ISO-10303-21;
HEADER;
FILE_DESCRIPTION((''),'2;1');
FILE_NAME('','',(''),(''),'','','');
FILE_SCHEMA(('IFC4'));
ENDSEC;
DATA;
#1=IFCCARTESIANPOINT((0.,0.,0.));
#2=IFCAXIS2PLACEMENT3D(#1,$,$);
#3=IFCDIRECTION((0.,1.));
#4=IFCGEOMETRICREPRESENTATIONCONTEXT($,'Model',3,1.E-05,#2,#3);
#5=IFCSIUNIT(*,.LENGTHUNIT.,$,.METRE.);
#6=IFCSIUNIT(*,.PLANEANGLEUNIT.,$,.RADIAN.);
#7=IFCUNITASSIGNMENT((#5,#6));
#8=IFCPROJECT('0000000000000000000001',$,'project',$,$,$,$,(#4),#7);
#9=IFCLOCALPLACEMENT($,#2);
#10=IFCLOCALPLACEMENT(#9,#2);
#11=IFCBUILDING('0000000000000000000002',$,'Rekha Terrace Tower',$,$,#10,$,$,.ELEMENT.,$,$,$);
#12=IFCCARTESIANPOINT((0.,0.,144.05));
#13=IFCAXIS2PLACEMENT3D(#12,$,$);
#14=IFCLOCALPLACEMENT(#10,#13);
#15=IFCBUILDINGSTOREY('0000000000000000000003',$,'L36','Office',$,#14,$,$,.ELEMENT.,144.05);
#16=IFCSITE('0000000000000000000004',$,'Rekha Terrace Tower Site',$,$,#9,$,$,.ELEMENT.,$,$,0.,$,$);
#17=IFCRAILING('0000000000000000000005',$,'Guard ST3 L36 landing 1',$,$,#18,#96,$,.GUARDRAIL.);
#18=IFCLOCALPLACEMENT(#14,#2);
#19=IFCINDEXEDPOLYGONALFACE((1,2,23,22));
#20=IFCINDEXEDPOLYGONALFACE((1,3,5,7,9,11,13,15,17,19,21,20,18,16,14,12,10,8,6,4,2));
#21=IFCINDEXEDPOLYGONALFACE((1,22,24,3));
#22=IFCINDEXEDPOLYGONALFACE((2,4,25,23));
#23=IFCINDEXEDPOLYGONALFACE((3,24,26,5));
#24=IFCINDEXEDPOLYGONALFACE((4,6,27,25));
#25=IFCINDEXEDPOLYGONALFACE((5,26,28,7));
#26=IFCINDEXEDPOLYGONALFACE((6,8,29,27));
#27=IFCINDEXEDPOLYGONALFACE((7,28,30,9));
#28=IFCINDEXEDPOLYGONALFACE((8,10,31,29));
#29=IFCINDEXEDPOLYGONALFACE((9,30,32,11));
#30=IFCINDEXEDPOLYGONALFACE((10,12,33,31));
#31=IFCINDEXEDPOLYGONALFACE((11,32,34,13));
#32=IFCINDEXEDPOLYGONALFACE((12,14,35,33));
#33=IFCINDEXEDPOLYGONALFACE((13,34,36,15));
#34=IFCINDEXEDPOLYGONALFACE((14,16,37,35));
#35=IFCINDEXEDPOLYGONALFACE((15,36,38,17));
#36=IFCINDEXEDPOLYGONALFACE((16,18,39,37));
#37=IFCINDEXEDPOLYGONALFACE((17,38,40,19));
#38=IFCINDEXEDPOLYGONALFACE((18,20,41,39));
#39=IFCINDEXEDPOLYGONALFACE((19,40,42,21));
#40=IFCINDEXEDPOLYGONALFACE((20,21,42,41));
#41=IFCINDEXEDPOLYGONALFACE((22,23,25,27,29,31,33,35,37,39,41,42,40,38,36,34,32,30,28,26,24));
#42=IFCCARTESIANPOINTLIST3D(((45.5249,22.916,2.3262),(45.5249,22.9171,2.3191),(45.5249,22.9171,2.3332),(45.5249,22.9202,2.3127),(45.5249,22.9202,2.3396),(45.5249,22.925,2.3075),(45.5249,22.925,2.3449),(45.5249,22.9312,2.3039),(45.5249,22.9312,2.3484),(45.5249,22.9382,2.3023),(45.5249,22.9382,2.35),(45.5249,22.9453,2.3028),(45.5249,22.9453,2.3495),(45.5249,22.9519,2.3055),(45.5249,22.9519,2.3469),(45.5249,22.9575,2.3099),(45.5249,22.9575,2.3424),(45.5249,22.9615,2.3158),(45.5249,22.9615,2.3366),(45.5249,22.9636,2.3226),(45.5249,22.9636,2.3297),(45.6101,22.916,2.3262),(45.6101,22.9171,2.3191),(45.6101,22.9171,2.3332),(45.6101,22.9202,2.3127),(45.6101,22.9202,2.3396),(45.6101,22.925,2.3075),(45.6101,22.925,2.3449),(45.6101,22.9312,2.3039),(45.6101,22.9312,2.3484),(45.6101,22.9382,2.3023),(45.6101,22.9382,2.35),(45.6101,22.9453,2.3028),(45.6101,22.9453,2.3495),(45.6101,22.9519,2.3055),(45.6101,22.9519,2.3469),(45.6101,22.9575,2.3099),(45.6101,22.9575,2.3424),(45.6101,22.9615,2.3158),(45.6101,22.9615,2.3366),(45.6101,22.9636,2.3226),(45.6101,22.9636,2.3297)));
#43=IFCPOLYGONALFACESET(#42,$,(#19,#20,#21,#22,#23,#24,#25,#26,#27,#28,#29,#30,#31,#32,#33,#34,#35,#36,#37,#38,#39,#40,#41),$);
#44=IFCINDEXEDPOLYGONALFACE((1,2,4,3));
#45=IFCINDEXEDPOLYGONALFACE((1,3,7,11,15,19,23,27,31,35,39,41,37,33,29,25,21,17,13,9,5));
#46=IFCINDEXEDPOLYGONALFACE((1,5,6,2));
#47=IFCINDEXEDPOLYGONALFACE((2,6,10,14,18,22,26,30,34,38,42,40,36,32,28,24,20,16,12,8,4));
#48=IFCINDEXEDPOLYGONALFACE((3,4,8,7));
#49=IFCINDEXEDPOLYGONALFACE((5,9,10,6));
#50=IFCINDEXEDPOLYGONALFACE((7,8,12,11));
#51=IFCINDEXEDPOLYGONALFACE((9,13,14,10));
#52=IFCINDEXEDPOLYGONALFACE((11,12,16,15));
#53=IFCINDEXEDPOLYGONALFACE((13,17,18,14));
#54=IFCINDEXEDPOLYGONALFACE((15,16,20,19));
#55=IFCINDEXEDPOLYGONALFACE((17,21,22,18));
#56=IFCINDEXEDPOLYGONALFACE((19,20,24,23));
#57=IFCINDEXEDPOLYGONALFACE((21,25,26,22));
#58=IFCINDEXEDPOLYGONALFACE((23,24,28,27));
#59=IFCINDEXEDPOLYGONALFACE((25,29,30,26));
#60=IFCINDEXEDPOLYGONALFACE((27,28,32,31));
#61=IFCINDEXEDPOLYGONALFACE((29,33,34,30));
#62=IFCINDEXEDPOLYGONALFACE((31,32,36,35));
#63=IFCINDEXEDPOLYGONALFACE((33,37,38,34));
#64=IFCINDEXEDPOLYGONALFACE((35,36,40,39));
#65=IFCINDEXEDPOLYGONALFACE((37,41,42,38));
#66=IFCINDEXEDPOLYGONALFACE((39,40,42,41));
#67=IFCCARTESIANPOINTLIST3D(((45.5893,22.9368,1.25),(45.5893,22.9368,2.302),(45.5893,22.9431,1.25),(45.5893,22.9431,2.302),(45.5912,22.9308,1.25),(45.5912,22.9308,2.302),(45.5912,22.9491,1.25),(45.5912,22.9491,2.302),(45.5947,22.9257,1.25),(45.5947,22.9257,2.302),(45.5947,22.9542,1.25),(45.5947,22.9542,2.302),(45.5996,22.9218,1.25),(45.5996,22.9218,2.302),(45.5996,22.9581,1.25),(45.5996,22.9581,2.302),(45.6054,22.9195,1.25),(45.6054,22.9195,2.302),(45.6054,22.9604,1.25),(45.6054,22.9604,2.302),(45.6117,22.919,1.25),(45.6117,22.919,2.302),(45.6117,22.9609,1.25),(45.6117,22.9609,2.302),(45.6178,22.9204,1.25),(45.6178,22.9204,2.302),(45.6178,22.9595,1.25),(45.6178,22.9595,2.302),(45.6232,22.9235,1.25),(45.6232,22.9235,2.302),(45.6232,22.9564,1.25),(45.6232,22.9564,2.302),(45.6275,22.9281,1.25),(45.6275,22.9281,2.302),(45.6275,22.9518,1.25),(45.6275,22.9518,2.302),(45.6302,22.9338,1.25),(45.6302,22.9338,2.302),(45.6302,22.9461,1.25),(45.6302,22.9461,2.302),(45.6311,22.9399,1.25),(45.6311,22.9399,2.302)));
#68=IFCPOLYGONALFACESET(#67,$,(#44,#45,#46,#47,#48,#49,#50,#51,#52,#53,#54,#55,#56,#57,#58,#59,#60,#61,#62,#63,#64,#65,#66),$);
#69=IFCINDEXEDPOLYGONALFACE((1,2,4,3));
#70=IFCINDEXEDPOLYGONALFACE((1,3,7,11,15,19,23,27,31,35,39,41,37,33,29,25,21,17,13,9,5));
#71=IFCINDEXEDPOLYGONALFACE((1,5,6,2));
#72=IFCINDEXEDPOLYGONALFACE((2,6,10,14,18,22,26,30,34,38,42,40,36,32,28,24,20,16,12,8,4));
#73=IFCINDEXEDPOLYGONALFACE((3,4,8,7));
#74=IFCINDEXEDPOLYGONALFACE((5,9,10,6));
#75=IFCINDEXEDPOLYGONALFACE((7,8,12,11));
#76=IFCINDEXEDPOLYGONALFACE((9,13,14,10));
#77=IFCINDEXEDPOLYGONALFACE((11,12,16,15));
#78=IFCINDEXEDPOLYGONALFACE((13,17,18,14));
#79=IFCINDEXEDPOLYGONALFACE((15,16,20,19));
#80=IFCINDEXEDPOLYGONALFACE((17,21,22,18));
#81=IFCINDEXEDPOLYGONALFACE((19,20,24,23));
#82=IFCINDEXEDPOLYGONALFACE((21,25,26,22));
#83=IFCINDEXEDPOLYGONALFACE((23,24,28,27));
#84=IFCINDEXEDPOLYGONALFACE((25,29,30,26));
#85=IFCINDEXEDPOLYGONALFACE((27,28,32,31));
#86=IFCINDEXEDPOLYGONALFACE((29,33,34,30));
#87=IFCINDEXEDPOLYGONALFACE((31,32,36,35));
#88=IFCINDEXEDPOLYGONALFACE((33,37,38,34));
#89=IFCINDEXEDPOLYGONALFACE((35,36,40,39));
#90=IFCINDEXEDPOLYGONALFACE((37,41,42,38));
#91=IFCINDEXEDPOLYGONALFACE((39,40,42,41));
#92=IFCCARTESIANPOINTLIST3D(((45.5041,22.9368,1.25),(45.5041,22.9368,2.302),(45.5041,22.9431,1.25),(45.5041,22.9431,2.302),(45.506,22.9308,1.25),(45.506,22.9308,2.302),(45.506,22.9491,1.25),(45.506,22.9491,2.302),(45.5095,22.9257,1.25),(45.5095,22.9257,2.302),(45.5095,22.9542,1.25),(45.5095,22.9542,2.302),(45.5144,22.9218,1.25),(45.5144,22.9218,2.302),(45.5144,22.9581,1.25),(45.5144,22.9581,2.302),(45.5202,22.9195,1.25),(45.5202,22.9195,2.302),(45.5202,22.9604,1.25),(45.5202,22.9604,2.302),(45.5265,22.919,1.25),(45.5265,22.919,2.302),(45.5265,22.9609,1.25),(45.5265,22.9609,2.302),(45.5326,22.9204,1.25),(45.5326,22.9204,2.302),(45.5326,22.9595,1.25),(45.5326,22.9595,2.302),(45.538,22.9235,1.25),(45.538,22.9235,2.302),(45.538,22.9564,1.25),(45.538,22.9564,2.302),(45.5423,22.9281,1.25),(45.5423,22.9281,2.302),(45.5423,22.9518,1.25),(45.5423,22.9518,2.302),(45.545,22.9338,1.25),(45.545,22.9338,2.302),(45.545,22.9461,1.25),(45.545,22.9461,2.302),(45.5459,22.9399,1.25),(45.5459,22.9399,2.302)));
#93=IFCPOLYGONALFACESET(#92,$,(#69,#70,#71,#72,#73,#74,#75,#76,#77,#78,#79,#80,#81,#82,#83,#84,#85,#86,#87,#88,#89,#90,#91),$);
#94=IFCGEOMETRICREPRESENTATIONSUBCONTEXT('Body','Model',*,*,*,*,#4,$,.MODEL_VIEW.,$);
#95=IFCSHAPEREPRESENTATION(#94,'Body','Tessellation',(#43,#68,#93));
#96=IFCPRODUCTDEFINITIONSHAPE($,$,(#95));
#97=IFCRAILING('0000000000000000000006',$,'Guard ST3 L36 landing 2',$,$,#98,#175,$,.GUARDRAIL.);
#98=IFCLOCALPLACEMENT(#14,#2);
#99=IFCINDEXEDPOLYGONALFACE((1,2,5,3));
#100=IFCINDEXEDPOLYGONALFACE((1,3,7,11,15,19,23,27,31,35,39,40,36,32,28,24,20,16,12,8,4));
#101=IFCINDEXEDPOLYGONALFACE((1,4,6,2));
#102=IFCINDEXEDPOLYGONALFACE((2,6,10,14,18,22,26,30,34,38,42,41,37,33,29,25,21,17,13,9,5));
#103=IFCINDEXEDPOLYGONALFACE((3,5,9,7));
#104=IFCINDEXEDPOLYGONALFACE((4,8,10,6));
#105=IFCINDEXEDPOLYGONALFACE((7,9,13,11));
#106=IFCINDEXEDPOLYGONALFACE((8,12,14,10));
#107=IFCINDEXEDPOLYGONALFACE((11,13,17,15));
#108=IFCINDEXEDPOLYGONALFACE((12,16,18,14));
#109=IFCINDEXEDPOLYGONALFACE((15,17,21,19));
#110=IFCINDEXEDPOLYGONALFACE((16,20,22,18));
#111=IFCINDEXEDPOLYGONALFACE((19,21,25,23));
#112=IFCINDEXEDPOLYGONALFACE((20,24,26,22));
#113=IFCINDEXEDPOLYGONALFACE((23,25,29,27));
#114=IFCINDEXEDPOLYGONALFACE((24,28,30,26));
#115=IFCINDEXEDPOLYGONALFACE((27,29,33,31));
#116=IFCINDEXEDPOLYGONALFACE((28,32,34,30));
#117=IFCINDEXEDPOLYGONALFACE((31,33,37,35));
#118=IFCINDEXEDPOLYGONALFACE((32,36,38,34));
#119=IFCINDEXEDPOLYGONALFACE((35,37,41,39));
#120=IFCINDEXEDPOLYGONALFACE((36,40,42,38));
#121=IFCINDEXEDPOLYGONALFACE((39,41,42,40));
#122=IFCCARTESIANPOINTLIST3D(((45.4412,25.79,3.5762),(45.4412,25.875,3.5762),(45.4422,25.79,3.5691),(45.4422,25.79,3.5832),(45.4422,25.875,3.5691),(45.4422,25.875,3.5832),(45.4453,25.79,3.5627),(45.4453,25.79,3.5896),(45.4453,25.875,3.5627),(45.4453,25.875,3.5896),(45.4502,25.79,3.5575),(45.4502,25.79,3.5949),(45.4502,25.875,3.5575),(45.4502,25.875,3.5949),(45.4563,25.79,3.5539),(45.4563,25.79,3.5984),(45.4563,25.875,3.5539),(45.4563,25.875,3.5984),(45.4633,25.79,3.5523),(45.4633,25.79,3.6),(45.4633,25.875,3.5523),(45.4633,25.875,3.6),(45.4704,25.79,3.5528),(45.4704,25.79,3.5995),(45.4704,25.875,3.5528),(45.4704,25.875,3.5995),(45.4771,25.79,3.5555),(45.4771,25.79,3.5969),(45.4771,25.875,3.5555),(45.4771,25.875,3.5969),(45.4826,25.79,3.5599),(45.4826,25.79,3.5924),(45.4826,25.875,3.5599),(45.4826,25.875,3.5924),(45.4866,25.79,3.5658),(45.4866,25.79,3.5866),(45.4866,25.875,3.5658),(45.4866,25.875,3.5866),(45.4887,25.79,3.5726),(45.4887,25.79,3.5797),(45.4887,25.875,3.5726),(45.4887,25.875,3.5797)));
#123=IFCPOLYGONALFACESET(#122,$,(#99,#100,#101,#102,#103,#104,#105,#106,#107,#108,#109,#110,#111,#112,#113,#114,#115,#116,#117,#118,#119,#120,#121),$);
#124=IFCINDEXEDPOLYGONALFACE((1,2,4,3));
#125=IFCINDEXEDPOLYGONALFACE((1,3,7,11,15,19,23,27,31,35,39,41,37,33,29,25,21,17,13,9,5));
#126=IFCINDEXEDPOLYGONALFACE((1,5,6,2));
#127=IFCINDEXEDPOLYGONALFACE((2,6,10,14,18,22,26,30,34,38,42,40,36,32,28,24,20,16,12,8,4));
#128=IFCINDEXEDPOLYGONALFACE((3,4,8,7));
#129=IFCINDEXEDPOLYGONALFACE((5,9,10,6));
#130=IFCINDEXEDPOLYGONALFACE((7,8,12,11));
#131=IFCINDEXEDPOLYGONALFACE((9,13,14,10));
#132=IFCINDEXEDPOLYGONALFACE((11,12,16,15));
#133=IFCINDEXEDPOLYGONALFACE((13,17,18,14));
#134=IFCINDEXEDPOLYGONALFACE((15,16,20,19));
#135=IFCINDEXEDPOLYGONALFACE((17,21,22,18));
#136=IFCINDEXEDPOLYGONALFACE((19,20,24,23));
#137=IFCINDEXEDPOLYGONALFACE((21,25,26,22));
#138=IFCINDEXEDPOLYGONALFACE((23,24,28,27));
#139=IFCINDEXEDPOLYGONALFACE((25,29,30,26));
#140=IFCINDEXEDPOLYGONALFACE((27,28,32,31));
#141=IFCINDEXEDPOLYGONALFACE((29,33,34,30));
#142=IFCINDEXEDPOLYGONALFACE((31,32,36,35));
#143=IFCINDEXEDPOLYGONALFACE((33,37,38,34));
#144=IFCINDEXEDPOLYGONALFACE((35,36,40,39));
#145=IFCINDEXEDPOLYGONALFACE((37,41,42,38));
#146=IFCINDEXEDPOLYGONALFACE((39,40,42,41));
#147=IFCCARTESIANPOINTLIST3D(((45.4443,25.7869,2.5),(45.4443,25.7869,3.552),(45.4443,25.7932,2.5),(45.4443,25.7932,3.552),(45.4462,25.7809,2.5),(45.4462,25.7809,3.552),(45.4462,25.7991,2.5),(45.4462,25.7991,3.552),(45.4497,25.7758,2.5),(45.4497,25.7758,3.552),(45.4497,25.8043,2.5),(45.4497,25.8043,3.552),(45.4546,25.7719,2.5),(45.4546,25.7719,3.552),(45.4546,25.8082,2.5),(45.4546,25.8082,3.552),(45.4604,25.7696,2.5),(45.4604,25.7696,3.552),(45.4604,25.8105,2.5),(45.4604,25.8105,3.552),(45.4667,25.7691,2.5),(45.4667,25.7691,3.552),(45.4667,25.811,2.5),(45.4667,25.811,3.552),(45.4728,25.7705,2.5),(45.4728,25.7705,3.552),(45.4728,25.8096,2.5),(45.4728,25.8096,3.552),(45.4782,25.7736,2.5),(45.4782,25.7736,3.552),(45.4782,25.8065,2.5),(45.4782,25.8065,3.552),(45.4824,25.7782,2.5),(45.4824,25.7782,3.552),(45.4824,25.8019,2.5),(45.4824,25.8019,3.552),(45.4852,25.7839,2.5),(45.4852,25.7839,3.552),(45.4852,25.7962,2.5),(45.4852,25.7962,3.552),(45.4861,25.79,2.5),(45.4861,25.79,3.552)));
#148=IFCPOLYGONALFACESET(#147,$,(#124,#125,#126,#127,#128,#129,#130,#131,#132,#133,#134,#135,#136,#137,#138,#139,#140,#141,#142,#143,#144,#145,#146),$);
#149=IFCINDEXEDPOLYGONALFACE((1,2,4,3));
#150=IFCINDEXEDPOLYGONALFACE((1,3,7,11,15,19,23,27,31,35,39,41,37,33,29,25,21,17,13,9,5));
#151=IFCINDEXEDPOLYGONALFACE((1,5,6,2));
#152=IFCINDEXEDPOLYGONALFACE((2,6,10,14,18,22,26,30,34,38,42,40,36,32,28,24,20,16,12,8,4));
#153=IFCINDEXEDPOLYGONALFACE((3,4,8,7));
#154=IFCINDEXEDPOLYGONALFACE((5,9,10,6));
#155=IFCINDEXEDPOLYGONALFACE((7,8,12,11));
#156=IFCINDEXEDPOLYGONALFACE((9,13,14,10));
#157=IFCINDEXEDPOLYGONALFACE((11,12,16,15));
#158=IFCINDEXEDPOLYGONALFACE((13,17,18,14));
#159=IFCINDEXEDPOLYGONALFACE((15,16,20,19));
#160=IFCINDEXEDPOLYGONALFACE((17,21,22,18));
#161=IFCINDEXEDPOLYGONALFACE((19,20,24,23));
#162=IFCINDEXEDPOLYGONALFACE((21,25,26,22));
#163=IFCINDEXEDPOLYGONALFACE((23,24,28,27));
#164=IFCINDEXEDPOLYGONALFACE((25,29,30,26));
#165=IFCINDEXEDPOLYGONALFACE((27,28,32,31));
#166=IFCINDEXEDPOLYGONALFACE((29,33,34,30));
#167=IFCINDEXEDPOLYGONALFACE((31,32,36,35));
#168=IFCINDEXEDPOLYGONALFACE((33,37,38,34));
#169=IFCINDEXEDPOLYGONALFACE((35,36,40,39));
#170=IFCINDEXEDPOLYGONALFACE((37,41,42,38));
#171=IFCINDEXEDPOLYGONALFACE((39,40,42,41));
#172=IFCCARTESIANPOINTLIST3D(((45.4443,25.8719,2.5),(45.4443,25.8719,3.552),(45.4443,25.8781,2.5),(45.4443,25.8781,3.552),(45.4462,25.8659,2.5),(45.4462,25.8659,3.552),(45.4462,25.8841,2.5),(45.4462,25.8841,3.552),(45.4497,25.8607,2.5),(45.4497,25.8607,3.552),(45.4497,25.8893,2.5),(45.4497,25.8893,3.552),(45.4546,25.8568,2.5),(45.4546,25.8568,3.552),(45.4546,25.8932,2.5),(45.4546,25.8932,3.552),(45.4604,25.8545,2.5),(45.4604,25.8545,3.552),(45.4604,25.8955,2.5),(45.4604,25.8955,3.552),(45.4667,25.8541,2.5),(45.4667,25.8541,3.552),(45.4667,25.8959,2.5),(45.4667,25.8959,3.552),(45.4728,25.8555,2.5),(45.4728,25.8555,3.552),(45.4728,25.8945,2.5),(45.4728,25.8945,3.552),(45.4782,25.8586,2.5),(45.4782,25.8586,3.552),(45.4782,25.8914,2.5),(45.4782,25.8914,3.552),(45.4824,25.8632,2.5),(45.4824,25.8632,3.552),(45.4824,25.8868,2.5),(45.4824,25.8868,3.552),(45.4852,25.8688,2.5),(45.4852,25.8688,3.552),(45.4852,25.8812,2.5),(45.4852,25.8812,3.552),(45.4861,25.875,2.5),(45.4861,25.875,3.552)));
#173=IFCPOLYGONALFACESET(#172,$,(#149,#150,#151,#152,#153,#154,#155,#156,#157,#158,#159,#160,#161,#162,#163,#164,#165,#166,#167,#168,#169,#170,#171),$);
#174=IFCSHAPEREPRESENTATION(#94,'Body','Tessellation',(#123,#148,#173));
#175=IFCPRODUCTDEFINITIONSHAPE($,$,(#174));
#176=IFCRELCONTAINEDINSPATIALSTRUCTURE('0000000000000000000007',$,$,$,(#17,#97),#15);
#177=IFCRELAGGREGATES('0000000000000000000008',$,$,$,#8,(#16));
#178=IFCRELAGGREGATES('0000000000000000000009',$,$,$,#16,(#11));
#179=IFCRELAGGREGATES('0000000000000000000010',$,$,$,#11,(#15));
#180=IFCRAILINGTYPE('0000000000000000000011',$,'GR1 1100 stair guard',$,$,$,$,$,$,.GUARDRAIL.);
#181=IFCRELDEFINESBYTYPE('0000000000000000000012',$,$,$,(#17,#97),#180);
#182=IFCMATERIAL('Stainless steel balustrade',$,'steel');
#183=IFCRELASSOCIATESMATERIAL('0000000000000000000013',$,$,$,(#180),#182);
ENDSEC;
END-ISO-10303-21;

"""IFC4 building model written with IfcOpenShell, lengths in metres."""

from ifc_helpers import new_model, si_unit, direction, frame, origin, origin_2d, place, context, subcontext, project, spatial, circle, extrude, material, type_object, element, save


model = new_model("IFC4")

# Units and contexts
model_context = context("Model", 3, precision=1e-05, world=origin(), true_north=direction((0.0, 1.0)))
body_context = subcontext(model_context, "Body", "Model", "MODEL_VIEW")
ifc_project = project(units=[si_unit("LENGTHUNIT", "METRE"), si_unit("PLANEANGLEUNIT", "RADIAN")], contexts=[model_context])

# Site, building, storey
site_placement = place(None, origin())
site = spatial("IfcSite", under=ifc_project, at=site_placement, Name="Rekha Terrace Tower Site", CompositionType="ELEMENT", RefElevation=0.0)
building_placement = place(site_placement, origin())
building = spatial("IfcBuilding", under=site, at=building_placement, Name="Rekha Terrace Tower", CompositionType="ELEMENT")
storey_placement = place(building_placement, frame((0.0, 0.0, 144.05)))
storey = spatial("IfcBuildingStorey", under=building, at=storey_placement, Name="L36", Description="Office", CompositionType="ELEMENT", Elevation=144.05)

# Railings
ifc_material_1 = material(Name="Stainless steel balustrade", Category="steel")
railing_type_1 = type_object("IfcRailingType", Name="GR1 1100 stair guard", PredefinedType="GUARDRAIL", material=ifc_material_1)
railing_1_placement = place(storey_placement, frame((45.6101, 22.9399, 1.25)))
element("IfcRailing", 1, at=railing_1_placement, inside=storey, type_object=railing_type_1, Name="Guard ST3 L36 landing 1", PredefinedType="GUARDRAIL", context=body_context, shape_type="SweptSolid", body=[
    extrude(circle(Radius=0.0239, at=origin_2d()), frame((0.0, 0.0, 1.0762), z_axis=(-1.0, 0.0, 0.0), x_axis=(0.0, -1.0, 0.0)), (0.0, 0.0, 1.0), 0.0852),
    extrude(circle(Radius=0.021, at=origin_2d()), origin(), (0.0, 0.0, 1.0), 1.052),
    extrude(circle(Radius=0.021, at=origin_2d()), frame((-0.0852, 0.0, 0.0)), (0.0, 0.0, 1.0), 1.052),
])
railing_2_placement = place(storey_placement, frame((45.4651, 25.79, 2.5)))
element("IfcRailing", 2, at=railing_2_placement, inside=storey, type_object=railing_type_1, Name="Guard ST3 L36 landing 2", PredefinedType="GUARDRAIL", context=body_context, shape_type="SweptSolid", body=[
    extrude(circle(Radius=0.0239, at=origin_2d()), frame((0.0, 0.0, 1.0762), z_axis=(0.0, 1.0, 0.0), x_axis=(-1.0, 0.0, 0.0)), (0.0, 0.0, 1.0), 0.085),
    extrude(circle(Radius=0.021, at=origin_2d()), origin(), (0.0, 0.0, 1.0), 1.052),
    extrude(circle(Radius=0.021, at=origin_2d()), frame((0.0, 0.085, 0.0)), (0.0, 0.0, 1.0), 1.052),
])

save(model, "model.ifc")
